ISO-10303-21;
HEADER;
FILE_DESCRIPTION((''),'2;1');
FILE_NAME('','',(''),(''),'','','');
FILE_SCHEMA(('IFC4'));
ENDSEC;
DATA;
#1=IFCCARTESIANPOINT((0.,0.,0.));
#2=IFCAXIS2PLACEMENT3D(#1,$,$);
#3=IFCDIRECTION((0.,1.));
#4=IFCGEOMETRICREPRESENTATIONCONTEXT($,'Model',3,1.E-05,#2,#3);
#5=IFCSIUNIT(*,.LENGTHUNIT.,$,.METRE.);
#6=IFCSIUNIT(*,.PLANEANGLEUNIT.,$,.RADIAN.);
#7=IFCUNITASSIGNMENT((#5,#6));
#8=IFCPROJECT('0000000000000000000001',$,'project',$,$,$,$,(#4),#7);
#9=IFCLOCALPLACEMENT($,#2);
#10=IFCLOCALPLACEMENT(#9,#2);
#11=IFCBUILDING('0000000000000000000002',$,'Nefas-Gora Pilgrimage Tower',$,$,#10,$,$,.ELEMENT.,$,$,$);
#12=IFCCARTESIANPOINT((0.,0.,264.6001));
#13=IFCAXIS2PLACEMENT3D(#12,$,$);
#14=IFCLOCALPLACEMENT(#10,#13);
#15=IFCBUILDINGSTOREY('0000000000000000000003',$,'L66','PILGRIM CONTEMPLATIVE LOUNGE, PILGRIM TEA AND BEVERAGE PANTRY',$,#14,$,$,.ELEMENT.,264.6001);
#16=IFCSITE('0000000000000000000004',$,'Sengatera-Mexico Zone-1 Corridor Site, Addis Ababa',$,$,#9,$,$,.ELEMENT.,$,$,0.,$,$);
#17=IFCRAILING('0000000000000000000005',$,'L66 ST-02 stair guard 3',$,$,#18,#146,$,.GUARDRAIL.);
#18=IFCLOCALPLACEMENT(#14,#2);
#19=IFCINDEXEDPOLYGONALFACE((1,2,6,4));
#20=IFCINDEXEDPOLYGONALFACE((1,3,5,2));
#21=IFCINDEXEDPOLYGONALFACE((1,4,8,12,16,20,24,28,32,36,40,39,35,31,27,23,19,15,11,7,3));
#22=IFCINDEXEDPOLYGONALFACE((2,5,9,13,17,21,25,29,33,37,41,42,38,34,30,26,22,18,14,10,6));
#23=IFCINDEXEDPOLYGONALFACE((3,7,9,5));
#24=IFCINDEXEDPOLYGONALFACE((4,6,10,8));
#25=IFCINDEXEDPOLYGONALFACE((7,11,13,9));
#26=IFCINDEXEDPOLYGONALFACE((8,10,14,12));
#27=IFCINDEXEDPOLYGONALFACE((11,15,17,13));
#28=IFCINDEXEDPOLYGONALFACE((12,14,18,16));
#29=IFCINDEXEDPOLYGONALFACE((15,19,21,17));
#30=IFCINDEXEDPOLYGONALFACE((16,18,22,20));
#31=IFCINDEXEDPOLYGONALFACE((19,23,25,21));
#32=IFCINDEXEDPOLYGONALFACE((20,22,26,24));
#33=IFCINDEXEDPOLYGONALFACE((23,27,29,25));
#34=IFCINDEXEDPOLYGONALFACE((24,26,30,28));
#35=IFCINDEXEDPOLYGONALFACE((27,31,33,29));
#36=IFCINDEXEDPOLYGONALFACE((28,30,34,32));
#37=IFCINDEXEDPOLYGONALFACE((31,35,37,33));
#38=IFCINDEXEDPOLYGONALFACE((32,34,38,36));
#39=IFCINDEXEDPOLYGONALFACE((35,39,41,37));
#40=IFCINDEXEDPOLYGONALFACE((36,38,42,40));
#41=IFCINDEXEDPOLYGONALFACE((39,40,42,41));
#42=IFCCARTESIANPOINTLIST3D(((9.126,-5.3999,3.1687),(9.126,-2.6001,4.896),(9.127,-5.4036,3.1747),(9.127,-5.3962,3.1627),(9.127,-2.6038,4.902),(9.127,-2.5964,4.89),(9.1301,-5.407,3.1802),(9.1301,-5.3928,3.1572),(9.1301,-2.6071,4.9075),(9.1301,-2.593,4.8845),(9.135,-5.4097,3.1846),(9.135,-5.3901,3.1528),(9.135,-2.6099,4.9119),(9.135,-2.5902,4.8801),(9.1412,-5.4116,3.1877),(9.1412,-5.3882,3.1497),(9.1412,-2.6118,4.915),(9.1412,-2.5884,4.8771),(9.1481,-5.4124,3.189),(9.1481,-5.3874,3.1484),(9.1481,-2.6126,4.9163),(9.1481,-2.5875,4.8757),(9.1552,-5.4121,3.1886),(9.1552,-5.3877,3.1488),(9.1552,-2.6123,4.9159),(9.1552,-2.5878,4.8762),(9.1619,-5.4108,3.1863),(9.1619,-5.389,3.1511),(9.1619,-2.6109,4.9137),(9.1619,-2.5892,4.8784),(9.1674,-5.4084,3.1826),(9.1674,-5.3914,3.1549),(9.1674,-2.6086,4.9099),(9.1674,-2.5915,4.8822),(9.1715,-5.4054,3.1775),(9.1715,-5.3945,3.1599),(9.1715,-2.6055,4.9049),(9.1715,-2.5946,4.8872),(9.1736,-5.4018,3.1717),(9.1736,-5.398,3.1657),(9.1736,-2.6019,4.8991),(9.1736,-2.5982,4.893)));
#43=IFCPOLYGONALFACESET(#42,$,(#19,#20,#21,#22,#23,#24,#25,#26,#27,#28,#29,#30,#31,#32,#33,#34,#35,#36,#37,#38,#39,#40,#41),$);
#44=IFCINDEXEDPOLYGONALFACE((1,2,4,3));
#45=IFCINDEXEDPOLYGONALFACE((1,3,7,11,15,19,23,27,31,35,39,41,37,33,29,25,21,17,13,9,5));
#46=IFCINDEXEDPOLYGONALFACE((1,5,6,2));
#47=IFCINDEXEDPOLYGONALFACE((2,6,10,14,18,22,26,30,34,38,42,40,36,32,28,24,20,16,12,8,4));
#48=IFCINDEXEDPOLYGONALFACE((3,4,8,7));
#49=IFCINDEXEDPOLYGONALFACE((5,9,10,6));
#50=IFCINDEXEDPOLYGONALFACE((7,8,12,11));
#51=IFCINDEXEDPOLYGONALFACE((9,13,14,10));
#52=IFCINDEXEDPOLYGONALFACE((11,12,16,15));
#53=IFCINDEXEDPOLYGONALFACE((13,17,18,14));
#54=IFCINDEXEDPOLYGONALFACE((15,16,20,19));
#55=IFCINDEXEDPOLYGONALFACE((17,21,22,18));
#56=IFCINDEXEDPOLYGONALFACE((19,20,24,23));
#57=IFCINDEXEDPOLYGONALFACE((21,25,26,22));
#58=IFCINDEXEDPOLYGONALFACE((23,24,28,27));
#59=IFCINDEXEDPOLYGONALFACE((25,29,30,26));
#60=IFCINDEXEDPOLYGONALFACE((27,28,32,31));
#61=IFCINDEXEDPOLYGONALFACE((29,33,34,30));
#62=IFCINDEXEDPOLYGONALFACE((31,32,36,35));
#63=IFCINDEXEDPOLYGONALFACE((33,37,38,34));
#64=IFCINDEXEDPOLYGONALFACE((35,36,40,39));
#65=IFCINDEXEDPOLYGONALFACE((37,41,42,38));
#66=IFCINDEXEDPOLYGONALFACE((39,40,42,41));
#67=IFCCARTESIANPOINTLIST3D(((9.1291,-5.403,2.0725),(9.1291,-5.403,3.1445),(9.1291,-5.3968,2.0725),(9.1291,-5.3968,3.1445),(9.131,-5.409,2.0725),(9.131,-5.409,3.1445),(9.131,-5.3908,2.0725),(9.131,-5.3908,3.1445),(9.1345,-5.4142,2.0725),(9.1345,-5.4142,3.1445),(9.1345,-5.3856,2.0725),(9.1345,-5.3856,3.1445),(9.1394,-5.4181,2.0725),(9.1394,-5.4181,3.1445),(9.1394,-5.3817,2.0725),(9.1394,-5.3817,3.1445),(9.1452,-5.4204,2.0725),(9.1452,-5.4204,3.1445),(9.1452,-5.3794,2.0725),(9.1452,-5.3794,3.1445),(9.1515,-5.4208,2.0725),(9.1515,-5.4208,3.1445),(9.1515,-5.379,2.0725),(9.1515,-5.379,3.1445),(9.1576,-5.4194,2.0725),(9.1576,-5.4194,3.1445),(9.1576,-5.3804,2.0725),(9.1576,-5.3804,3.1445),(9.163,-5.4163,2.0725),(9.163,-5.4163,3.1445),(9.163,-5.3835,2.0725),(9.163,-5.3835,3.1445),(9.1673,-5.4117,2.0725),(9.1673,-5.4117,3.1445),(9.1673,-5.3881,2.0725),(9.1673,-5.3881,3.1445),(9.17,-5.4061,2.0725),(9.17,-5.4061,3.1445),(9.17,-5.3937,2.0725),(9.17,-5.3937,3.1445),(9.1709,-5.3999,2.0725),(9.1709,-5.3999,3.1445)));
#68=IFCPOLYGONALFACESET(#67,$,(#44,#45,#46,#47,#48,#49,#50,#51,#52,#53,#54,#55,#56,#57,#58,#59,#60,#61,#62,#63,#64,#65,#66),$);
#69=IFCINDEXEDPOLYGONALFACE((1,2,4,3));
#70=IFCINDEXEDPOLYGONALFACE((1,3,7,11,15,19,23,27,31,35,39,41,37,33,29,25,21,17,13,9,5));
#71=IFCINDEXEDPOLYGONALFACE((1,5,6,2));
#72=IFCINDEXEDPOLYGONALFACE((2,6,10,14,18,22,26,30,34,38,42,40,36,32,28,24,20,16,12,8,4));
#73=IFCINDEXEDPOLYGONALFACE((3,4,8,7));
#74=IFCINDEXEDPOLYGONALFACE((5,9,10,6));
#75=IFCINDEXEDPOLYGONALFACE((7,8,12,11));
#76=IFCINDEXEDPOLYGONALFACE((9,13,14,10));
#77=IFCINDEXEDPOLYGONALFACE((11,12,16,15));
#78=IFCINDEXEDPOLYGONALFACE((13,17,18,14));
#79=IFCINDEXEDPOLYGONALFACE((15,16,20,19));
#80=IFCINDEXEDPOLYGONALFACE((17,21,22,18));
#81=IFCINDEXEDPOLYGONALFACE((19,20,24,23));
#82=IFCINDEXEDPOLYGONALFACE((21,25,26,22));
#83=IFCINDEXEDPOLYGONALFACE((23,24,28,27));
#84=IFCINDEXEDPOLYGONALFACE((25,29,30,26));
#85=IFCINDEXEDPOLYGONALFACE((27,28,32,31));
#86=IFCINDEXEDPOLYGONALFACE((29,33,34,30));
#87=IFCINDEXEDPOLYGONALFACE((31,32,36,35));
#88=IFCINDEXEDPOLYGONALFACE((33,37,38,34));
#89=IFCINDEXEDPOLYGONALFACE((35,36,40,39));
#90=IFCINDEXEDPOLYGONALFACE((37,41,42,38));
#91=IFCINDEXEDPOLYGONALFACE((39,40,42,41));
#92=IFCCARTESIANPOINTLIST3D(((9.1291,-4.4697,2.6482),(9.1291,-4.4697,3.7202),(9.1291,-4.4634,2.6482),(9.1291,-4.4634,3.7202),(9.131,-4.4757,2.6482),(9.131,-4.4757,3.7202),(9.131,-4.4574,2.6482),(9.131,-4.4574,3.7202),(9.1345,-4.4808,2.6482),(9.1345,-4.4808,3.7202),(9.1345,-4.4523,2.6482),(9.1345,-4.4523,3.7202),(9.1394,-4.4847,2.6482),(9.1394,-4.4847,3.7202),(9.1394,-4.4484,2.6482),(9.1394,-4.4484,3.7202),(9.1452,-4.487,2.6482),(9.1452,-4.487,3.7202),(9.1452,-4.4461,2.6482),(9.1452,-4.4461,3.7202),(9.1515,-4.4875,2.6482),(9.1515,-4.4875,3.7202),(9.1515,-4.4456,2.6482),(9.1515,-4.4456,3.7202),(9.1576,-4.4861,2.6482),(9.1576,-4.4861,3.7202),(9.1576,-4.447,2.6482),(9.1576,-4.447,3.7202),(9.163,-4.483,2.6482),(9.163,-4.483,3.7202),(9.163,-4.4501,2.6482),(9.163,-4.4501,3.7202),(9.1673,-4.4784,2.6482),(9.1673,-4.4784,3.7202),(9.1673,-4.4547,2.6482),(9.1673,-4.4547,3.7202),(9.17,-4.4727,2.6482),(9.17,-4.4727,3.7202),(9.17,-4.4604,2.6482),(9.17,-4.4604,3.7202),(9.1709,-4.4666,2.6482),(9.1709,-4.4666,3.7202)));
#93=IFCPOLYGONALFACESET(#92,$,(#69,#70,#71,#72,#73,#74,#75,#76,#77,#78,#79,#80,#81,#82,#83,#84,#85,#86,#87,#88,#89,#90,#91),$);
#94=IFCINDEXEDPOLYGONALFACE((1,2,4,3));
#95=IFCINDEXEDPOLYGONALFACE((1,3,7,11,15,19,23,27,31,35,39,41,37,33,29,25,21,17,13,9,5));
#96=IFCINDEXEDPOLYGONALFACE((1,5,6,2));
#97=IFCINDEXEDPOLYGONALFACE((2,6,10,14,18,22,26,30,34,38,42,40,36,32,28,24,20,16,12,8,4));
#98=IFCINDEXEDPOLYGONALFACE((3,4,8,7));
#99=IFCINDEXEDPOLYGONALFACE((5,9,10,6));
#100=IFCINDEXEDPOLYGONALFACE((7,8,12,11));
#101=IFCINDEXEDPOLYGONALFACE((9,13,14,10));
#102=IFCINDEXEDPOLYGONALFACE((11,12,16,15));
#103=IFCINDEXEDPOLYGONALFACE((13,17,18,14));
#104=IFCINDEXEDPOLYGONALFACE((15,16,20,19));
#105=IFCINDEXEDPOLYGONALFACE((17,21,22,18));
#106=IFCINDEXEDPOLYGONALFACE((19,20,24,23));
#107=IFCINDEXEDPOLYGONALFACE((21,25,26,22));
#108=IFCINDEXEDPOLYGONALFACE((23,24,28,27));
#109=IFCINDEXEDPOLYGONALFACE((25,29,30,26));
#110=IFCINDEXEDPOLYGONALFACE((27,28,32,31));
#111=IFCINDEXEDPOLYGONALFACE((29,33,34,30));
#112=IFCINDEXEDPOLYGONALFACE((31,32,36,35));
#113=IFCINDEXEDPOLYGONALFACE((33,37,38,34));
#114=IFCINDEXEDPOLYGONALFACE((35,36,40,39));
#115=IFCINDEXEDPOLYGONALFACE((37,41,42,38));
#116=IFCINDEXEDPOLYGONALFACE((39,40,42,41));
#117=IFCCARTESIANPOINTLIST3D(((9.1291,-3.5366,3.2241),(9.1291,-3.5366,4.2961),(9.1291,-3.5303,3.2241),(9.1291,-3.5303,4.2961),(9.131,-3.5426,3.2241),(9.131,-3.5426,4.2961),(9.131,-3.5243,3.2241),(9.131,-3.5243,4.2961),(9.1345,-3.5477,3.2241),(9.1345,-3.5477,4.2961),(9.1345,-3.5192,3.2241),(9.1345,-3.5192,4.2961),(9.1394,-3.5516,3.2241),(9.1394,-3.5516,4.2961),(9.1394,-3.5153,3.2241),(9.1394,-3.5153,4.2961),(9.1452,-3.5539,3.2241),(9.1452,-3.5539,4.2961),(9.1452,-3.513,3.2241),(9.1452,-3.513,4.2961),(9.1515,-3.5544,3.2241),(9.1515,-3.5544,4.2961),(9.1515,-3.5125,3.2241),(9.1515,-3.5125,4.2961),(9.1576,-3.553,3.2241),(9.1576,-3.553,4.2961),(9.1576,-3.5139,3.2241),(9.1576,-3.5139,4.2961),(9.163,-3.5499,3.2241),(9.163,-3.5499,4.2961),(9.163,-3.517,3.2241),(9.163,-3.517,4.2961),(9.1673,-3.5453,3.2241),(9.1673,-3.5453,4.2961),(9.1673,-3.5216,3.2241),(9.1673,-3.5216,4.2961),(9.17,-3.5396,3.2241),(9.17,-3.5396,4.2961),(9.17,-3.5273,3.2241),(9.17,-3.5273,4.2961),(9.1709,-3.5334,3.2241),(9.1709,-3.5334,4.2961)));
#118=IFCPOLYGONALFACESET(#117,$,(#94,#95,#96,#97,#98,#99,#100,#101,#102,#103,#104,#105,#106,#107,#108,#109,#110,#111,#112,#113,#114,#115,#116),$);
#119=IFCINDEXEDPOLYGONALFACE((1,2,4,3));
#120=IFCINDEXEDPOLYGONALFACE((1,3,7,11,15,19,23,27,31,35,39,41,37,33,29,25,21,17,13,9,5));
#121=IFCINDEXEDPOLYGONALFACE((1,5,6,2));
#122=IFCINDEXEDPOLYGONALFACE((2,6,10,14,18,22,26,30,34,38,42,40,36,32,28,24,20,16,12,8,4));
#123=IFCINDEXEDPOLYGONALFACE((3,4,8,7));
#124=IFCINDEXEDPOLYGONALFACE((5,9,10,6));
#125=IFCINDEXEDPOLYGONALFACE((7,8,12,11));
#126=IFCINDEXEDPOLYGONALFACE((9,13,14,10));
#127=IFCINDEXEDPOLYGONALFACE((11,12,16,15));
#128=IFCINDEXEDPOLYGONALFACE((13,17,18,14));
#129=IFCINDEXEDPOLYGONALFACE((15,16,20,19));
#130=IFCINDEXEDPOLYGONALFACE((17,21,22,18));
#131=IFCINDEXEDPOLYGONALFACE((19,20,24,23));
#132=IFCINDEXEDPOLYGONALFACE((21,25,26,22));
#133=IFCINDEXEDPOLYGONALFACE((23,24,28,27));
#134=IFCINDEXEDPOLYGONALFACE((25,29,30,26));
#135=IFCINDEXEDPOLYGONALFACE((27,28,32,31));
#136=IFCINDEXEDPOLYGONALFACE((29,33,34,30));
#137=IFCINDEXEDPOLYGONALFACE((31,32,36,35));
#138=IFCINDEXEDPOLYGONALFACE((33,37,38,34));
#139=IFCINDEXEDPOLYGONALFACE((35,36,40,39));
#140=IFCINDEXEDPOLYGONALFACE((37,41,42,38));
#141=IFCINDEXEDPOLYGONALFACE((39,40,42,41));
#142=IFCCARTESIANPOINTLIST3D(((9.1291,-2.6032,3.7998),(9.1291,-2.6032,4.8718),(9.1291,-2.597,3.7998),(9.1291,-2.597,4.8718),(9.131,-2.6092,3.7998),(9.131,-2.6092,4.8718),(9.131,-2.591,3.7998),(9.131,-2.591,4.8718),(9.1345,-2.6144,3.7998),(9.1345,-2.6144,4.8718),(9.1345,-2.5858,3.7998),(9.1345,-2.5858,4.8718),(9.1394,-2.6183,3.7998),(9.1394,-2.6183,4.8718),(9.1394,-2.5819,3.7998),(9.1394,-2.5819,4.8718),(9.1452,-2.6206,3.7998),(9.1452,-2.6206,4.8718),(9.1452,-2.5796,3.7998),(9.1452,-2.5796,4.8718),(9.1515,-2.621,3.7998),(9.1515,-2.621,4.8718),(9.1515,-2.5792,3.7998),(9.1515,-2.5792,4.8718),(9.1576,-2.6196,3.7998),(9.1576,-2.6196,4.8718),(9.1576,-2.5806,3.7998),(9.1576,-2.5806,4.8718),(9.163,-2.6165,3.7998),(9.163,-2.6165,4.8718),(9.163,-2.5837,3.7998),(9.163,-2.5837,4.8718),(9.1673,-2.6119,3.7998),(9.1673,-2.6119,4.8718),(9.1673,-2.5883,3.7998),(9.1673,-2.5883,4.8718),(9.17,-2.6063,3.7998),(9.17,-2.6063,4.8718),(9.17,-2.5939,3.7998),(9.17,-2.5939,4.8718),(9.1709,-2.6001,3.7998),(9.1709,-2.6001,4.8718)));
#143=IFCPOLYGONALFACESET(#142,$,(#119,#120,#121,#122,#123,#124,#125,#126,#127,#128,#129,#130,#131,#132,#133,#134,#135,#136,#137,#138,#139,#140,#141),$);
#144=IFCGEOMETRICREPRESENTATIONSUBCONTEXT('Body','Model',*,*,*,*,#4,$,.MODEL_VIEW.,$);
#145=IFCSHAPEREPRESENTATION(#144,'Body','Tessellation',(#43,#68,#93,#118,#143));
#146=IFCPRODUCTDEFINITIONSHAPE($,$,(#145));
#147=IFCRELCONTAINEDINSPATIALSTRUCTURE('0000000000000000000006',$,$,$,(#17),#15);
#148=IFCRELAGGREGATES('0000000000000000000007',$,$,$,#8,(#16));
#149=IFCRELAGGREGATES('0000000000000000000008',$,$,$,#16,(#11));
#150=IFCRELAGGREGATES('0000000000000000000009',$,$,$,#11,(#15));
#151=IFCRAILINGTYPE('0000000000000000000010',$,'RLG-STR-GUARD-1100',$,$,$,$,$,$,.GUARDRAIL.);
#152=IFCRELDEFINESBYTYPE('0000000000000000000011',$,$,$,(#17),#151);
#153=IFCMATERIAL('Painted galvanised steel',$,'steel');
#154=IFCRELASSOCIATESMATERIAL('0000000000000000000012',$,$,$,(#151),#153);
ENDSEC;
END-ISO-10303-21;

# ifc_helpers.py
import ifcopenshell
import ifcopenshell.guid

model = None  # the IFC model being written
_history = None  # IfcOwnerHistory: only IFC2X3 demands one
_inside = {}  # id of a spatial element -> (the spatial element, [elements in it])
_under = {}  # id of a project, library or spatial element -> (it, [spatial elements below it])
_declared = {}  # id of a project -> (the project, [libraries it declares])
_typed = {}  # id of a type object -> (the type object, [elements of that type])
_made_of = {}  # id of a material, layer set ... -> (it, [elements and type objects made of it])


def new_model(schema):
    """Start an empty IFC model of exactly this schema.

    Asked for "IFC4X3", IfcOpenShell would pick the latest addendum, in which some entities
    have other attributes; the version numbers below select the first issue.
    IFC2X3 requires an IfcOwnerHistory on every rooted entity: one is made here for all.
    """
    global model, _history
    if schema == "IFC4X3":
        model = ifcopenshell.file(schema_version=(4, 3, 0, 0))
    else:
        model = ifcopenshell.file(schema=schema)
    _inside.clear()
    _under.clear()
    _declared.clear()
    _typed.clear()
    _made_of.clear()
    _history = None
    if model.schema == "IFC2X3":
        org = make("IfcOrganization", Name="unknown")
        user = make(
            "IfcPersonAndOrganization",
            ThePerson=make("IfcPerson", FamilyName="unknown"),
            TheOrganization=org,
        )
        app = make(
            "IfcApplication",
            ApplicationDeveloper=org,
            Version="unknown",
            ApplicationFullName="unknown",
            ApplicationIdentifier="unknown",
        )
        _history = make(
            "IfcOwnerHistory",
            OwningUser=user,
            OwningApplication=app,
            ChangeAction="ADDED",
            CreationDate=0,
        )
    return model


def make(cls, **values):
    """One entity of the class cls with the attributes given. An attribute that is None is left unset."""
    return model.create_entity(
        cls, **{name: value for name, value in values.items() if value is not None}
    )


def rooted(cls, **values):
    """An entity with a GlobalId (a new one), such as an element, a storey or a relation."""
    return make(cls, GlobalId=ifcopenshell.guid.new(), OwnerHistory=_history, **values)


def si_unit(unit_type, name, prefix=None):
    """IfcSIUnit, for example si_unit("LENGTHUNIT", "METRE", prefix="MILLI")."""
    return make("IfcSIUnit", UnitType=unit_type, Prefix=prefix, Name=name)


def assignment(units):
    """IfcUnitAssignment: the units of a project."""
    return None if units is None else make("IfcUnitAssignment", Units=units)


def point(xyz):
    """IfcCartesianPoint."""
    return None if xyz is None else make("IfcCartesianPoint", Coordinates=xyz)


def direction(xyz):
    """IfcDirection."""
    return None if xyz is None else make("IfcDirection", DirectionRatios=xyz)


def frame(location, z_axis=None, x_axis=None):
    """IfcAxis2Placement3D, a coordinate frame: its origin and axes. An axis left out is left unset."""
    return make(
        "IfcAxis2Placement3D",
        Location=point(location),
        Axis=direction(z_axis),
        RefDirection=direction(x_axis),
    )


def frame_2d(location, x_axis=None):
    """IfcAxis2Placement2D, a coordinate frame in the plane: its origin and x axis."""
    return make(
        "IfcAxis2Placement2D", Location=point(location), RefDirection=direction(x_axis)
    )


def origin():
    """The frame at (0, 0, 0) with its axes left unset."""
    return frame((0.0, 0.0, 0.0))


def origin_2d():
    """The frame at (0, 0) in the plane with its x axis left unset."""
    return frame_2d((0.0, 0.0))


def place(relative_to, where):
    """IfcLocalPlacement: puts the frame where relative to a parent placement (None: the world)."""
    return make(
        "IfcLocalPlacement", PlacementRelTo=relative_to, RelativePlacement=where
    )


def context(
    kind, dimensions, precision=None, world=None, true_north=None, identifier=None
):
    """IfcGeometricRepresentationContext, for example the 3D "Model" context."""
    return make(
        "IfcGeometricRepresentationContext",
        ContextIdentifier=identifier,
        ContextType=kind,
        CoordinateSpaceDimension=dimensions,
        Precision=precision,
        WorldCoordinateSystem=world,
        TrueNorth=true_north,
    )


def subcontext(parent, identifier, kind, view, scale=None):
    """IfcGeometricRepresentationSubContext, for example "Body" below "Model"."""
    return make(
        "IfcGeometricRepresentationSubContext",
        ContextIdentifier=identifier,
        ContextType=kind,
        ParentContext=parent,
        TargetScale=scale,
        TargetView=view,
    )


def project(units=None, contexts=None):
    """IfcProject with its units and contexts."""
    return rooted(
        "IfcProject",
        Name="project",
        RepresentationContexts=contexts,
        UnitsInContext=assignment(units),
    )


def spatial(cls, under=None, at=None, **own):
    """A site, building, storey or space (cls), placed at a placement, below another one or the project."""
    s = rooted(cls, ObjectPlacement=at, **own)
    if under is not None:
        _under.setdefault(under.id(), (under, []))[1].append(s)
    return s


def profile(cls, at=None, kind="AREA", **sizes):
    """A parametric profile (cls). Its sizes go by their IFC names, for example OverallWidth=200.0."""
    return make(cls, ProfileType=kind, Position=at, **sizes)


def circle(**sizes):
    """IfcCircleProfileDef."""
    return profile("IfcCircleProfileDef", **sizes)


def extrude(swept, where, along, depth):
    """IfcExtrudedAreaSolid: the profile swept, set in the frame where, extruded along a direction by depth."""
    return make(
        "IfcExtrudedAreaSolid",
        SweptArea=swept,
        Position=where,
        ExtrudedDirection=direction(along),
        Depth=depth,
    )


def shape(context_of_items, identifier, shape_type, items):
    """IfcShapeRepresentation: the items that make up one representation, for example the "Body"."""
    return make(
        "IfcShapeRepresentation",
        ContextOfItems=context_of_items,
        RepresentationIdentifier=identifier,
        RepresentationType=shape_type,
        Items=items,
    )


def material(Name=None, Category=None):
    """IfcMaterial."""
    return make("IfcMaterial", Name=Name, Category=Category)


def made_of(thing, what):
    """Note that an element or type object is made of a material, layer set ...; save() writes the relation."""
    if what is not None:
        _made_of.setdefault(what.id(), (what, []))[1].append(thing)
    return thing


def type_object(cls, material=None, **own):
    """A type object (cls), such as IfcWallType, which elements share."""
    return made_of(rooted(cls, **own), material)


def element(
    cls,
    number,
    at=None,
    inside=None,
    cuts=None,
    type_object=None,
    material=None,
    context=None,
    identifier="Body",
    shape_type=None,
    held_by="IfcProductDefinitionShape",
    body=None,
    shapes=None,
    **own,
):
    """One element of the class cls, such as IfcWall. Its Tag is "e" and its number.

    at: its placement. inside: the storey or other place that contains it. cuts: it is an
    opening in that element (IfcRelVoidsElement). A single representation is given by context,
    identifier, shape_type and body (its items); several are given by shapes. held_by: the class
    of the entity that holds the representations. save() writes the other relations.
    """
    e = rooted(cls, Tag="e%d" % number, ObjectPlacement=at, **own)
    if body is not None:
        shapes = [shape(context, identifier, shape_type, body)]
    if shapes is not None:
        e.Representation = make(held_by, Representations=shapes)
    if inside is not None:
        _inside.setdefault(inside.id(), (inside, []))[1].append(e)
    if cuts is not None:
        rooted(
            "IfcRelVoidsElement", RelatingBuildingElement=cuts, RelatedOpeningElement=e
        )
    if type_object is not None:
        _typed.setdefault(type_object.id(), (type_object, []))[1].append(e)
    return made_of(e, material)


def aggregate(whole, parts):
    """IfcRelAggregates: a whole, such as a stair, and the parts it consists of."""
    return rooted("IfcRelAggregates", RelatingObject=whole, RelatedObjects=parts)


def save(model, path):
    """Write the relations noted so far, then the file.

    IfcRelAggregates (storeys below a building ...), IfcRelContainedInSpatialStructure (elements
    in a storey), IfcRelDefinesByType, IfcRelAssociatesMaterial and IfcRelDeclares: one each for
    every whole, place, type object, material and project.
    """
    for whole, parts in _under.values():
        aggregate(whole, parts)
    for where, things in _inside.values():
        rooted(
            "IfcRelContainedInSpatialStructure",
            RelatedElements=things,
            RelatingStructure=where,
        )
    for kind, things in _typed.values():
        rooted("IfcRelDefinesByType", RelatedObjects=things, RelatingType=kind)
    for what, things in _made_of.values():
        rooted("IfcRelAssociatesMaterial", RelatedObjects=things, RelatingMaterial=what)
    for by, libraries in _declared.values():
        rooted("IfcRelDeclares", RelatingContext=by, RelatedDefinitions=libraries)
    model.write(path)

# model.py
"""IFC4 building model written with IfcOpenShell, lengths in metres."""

from ifc_helpers import new_model, si_unit, direction, frame, origin, origin_2d, place, context, subcontext, project, spatial, circle, extrude, material, type_object, element, save


model = new_model("IFC4")

# Units and contexts
model_context = context("Model", 3, precision=1e-05, world=origin(), true_north=direction((0.0, 1.0)))
body_context = subcontext(model_context, "Body", "Model", "MODEL_VIEW")
ifc_project = project(units=[si_unit("LENGTHUNIT", "METRE"), si_unit("PLANEANGLEUNIT", "RADIAN")], contexts=[model_context])

# Site, building, storey
site_placement = place(None, origin())
site = spatial("IfcSite", under=ifc_project, at=site_placement, Name="Sengatera-Mexico Zone-1 Corridor Site, Addis Ababa", CompositionType="ELEMENT", RefElevation=0.0)
building_placement = place(site_placement, origin())
building = spatial("IfcBuilding", under=site, at=building_placement, Name="Nefas-Gora Pilgrimage Tower", CompositionType="ELEMENT")
storey_placement = place(building_placement, frame((0.0, 0.0, 264.6001)))
storey = spatial("IfcBuildingStorey", under=building, at=storey_placement, Name="L66", Description="PILGRIM CONTEMPLATIVE LOUNGE, PILGRIM TEA AND BEVERAGE PANTRY", CompositionType="ELEMENT", Elevation=264.6001)

# Railing
ifc_material_1 = material(Name="Painted galvanised steel", Category="steel")
railing_type_1 = type_object("IfcRailingType", Name="RLG-STR-GUARD-1100", PredefinedType="GUARDRAIL", material=ifc_material_1)
railing_1_placement = place(storey_placement, frame((9.1499, -5.3999, 2.0725)))
element("IfcRailing", 1, at=railing_1_placement, inside=storey, type_object=railing_type_1, Name="L66 ST-02 stair guard 3", PredefinedType="GUARDRAIL", context=body_context, shape_type="SweptSolid", body=[
    extrude(circle(Radius=0.0239, at=origin_2d()), frame((0.0, 0.0, 1.0962), z_axis=(0.0, 0.851069, 0.525054), x_axis=(-1.0, 0.0, 0.0)), (0.0, 0.0, 1.0), 3.2898),
    extrude(circle(Radius=0.021, at=origin_2d()), origin(), (0.0, 0.0, 1.0), 1.072),
    extrude(circle(Radius=0.021, at=origin_2d()), frame((0.0, 0.9333, 0.5757)), (0.0, 0.0, 1.0), 1.072),
    extrude(circle(Radius=0.021, at=origin_2d()), frame((0.0, 1.8665, 1.1516)), (0.0, 0.0, 1.0), 1.072),
    extrude(circle(Radius=0.021, at=origin_2d()), frame((0.0, 2.7998, 1.7273)), (0.0, 0.0, 1.0), 1.072),
])

save(model, "model.ifc")
